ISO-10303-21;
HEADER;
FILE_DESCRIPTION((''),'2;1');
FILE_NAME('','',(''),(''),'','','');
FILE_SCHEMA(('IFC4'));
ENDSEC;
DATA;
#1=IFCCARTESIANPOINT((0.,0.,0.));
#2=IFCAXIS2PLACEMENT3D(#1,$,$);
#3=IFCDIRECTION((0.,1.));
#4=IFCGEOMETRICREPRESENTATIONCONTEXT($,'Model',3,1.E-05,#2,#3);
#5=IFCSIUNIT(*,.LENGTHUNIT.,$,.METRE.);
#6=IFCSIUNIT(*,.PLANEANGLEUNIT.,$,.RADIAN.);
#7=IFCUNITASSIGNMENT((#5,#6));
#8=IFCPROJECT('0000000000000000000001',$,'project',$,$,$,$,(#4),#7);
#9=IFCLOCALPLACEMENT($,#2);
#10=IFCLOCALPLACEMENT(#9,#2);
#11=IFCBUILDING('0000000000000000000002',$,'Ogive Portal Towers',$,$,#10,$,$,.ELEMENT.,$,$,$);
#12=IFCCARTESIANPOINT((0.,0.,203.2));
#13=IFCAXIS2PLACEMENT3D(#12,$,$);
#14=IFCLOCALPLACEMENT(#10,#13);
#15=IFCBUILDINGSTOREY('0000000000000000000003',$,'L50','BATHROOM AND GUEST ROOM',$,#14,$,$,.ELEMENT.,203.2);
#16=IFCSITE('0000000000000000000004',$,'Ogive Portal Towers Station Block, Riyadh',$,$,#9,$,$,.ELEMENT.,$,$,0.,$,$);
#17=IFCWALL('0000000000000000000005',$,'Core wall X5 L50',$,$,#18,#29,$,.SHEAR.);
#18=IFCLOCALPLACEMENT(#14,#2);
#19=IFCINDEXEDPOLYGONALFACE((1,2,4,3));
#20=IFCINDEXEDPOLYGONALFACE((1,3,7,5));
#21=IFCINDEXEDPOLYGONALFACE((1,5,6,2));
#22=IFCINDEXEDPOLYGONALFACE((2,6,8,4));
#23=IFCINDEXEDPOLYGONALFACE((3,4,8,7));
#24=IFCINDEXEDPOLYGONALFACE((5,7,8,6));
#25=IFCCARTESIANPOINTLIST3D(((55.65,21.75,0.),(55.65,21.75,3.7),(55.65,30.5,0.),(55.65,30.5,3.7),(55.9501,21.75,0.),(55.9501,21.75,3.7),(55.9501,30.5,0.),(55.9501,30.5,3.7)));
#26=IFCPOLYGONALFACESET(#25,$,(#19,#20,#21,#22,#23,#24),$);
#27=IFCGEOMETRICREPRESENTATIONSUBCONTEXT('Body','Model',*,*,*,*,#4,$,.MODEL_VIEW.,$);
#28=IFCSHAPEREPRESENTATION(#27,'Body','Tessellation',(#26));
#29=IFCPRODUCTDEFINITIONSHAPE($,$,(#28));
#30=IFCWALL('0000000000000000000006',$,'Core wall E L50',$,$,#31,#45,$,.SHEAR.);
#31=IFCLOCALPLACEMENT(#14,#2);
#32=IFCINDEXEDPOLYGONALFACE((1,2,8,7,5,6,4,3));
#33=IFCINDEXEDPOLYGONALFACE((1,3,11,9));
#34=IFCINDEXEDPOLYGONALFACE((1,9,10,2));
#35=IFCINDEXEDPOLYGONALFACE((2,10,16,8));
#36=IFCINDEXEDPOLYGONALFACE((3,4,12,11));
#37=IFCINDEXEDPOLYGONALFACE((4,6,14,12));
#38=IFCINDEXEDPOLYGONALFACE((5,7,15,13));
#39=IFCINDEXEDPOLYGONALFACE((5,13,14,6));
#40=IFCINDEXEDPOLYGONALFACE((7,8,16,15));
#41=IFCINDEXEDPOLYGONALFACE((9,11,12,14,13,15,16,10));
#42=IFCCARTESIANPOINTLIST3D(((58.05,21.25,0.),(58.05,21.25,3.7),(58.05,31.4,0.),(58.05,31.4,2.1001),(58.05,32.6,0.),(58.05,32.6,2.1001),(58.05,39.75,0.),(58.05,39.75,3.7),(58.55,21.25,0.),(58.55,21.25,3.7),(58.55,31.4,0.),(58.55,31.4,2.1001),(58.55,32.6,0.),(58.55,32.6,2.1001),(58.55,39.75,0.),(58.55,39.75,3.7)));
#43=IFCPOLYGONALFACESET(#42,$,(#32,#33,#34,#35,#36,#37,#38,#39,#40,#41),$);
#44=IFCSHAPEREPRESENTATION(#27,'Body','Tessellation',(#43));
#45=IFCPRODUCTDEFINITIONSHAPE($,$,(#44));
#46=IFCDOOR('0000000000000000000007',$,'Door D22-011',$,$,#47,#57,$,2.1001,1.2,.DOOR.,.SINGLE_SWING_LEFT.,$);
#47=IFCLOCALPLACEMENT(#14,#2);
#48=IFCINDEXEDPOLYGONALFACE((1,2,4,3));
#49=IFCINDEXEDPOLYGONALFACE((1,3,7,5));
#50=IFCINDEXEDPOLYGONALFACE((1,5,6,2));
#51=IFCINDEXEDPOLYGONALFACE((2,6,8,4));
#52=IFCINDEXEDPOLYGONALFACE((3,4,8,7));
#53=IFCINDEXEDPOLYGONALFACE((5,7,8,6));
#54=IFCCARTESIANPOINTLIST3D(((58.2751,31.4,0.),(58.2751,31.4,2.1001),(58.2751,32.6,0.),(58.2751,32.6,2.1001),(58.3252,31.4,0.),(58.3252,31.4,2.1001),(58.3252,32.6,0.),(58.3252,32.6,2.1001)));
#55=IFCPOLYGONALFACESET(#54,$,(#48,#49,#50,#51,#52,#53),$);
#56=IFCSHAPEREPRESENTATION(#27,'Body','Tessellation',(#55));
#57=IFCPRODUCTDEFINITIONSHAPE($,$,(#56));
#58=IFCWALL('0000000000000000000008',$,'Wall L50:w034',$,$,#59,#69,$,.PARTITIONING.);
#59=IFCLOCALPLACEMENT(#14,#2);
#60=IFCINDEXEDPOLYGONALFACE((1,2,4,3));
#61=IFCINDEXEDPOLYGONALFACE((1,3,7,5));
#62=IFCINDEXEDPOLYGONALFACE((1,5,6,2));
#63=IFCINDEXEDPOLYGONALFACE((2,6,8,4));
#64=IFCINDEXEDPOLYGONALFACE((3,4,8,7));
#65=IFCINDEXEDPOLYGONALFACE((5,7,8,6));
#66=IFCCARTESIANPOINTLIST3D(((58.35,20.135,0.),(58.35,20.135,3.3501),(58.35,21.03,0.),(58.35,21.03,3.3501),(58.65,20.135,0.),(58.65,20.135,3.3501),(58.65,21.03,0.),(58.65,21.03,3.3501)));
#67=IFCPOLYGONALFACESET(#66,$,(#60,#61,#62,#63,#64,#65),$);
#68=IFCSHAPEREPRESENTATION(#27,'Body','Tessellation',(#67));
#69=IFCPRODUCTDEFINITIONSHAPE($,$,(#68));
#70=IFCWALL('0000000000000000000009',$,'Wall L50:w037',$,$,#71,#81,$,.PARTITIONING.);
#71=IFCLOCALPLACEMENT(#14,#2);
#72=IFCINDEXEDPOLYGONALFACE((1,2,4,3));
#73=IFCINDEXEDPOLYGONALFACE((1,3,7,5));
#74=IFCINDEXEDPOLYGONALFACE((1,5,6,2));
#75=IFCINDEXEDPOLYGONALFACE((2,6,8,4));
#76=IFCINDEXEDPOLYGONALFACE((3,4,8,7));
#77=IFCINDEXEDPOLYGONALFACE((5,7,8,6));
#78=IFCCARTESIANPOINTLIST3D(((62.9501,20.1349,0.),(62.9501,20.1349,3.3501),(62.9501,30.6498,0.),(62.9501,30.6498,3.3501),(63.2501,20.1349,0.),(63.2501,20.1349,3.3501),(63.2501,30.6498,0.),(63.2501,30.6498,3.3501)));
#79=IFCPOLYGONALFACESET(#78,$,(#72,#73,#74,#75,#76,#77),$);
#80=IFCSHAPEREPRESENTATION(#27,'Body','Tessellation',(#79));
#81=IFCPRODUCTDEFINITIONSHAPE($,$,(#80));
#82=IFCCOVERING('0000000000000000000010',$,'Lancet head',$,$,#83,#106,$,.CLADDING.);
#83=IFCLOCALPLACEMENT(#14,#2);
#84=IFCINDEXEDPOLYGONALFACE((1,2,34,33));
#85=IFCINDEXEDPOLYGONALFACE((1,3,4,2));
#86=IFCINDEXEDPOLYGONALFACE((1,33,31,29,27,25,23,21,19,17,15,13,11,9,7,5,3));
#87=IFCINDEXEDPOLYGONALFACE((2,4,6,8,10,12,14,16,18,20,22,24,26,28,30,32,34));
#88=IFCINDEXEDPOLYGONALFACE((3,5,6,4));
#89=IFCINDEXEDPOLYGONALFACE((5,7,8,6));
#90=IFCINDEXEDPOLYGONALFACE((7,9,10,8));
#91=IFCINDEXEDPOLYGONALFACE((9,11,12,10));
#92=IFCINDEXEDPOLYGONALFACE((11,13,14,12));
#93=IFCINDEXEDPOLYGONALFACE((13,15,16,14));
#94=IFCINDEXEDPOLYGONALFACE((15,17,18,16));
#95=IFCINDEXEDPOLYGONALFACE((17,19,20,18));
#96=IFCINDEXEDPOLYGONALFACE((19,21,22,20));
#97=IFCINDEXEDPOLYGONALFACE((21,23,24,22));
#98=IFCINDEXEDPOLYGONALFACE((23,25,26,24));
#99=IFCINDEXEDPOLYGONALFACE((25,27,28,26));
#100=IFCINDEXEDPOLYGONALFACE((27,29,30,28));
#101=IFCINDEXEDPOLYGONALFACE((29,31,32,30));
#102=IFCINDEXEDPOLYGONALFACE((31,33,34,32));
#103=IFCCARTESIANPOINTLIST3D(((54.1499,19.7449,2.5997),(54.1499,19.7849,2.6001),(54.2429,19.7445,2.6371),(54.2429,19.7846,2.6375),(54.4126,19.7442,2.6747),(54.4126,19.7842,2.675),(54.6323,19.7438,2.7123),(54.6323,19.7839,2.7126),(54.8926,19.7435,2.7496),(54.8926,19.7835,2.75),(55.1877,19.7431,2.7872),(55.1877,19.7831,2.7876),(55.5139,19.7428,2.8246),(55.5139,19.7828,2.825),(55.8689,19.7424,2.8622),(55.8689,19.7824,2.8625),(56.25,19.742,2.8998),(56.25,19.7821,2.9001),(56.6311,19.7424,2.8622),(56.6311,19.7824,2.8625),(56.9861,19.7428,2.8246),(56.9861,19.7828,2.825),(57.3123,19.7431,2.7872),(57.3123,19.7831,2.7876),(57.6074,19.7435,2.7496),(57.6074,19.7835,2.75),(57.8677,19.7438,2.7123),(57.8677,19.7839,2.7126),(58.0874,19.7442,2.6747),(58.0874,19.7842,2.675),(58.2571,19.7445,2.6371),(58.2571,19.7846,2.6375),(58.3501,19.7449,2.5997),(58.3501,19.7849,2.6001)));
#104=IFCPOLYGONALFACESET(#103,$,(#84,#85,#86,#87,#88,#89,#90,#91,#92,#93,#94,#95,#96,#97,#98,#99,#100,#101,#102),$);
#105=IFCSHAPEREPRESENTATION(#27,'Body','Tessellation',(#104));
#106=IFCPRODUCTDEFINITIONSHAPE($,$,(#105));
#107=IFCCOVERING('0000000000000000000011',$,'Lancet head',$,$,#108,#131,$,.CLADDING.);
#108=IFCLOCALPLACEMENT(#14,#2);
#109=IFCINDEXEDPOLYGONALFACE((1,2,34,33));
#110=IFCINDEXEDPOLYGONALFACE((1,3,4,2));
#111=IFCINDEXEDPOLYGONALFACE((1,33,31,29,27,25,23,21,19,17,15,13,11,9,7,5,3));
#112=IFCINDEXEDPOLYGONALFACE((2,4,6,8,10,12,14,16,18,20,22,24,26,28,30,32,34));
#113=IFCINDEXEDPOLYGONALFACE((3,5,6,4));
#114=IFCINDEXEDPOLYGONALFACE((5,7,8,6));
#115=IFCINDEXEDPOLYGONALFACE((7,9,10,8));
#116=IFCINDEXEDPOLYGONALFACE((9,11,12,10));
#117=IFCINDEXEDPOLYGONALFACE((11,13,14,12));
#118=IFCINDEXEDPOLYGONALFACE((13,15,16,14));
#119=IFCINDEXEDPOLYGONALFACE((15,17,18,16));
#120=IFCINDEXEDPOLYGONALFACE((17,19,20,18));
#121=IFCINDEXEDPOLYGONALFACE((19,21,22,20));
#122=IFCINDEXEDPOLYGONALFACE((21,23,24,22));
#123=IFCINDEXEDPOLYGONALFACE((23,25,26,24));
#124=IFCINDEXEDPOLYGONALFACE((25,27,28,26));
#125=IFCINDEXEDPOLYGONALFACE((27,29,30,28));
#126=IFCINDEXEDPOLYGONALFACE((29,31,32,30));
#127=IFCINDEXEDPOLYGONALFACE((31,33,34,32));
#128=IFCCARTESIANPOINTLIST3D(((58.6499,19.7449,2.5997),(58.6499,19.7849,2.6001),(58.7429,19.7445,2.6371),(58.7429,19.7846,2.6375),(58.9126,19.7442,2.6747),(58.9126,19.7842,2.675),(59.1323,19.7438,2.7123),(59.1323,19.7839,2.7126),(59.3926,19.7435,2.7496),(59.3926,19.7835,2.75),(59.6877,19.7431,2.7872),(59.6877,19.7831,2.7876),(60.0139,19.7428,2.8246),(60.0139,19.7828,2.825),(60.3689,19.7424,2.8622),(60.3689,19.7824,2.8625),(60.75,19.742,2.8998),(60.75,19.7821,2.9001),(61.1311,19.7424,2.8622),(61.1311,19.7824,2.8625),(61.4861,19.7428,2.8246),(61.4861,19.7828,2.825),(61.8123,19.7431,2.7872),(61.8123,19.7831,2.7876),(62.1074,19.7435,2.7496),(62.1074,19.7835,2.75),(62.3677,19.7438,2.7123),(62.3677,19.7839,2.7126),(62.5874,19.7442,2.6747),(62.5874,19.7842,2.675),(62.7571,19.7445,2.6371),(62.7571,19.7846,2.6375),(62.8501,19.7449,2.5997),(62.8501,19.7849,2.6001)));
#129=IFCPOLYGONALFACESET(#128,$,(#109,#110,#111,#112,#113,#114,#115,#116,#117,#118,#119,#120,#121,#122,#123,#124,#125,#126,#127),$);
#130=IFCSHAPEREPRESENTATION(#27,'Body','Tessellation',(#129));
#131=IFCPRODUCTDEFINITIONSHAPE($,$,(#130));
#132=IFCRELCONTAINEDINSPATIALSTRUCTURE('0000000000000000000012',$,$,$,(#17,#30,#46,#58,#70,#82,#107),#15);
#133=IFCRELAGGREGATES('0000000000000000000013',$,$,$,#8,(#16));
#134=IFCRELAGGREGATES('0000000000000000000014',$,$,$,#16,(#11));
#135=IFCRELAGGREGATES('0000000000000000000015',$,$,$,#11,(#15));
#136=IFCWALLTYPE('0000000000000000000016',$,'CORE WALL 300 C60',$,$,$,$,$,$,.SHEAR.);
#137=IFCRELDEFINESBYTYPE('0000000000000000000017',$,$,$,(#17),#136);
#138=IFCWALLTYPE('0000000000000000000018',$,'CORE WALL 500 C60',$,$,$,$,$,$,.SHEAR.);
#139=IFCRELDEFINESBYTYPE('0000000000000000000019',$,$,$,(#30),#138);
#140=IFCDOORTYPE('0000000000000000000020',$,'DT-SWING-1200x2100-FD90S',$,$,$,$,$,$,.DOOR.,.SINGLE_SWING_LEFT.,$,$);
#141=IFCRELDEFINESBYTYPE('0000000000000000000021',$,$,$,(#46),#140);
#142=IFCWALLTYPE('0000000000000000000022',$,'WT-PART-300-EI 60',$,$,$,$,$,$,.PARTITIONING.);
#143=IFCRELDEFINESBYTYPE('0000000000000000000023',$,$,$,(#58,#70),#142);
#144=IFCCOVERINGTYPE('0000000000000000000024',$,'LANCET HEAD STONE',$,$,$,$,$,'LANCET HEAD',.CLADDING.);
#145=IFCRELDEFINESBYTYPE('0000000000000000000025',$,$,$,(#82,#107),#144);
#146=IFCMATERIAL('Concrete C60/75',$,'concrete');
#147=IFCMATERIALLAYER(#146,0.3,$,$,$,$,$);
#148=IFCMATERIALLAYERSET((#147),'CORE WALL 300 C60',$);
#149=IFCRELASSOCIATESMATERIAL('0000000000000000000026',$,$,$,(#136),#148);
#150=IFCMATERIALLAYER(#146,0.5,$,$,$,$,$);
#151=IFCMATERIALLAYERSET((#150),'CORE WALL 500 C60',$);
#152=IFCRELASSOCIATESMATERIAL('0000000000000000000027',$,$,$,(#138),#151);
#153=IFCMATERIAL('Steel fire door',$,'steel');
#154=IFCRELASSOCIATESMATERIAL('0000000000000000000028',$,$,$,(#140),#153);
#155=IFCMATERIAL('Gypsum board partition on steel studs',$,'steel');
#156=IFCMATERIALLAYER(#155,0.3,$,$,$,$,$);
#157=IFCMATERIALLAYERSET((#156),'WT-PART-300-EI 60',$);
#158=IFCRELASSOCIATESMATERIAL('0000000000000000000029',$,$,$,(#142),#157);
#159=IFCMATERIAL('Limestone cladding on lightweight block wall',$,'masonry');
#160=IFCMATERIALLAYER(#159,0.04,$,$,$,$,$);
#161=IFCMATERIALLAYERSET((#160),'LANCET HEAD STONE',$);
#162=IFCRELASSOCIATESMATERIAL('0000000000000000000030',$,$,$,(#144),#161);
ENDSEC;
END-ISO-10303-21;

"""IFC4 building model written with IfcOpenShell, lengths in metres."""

from ifc_helpers import new_model, si_unit, direction, frame, frame_2d, origin, place, context, subcontext, project, spatial, polyline, rectangle, outline, extrude, material, layer, layer_set, type_object, element, fill, save


model = new_model("IFC4")

# Units and contexts
model_context = context("Model", 3, precision=1e-05, world=origin(), true_north=direction((0.0, 1.0)))
body_context = subcontext(model_context, "Body", "Model", "MODEL_VIEW")
ifc_project = project(units=[si_unit("LENGTHUNIT", "METRE"), si_unit("PLANEANGLEUNIT", "RADIAN")], contexts=[model_context])

# Site, building, storey
site_placement = place(None, origin())
site = spatial("IfcSite", under=ifc_project, at=site_placement, Name="Ogive Portal Towers Station Block, Riyadh", CompositionType="ELEMENT", RefElevation=0.0)
building_placement = place(site_placement, origin())
building = spatial("IfcBuilding", under=site, at=building_placement, Name="Ogive Portal Towers", CompositionType="ELEMENT")
storey_placement = place(building_placement, frame((0.0, 0.0, 203.2)))
storey = spatial("IfcBuildingStorey", under=building, at=storey_placement, Name="L50", Description="BATHROOM AND GUEST ROOM", CompositionType="ELEMENT", Elevation=203.2)

# Wall
ifc_material_1 = material(Name="Concrete C60/75", Category="concrete")
ifc_layer_1 = layer(ifc_material_1, 0.3)
ifc_layer_set_1 = layer_set([ifc_layer_1], Name="CORE WALL 300 C60")
wall_type_1 = type_object("IfcWallType", Name="CORE WALL 300 C60", PredefinedType="SHEAR", material=ifc_layer_set_1)
wall_1_placement = place(storey_placement, frame((55.8, 21.75, 0.0), z_axis=(0.0, 0.0, 1.0), x_axis=(0.0, 1.0, 0.0)))
element("IfcWall", 1, at=wall_1_placement, inside=storey, type_object=wall_type_1, Name="Core wall X5 L50", PredefinedType="SHEAR", context=body_context, shape_type="SweptSolid", body=[
    extrude(rectangle(XDim=8.75, YDim=0.3, at=frame_2d((4.375, 0.0))), origin(), (0.0, 0.0, 1.0), 3.7),
])

# Wall, opening, door
ifc_layer_2 = layer(ifc_material_1, 0.5)
ifc_layer_set_2 = layer_set([ifc_layer_2], Name="CORE WALL 500 C60")
wall_type_2 = type_object("IfcWallType", Name="CORE WALL 500 C60", PredefinedType="SHEAR", material=ifc_layer_set_2)
wall_2_placement = place(storey_placement, frame((58.3, 21.25, 0.0), z_axis=(0.0, 0.0, 1.0), x_axis=(0.0, 1.0, 0.0)))
wall_2 = element("IfcWall", 2, at=wall_2_placement, inside=storey, type_object=wall_type_2, Name="Core wall E L50", PredefinedType="SHEAR", context=body_context, shape_type="SweptSolid", body=[
    extrude(rectangle(XDim=18.5, YDim=0.5, at=frame_2d((9.25, 0.0))), origin(), (0.0, 0.0, 1.0), 3.7),
])
opening_placement = place(wall_2_placement, frame((10.1499, 0.0, 0.0)))
opening = element("IfcOpeningElement", 3, at=opening_placement, cuts=wall_2, PredefinedType="OPENING", context=body_context, shape_type="SweptSolid", body=[
    extrude(rectangle(XDim=1.2, YDim=2.1001, at=frame_2d((0.6001, 1.05))), frame((0.0, 0.26, 0.0), z_axis=(0.0, -1.0, 0.0), x_axis=(1.0, 0.0, 0.0)), (0.0, 0.0, 1.0), 0.52),
])
ifc_material_2 = material(Name="Steel fire door", Category="steel")
door_type = type_object("IfcDoorType", Name="DT-SWING-1200x2100-FD90S", OperationType="SINGLE_SWING_LEFT", PredefinedType="DOOR", material=ifc_material_2)
door_placement = place(opening_placement, origin())
door = element("IfcDoor", 4, at=door_placement, inside=storey, type_object=door_type, Name="Door D22-011", OperationType="SINGLE_SWING_LEFT", OverallHeight=2.1001, OverallWidth=1.2, PredefinedType="DOOR", context=body_context, shape_type="SweptSolid", body=[
    extrude(rectangle(XDim=1.2, YDim=2.1001, at=frame_2d((0.6001, 1.05))), frame((0.0, 0.0249, 0.0), z_axis=(0.0, -1.0, 0.0), x_axis=(1.0, 0.0, 0.0)), (0.0, 0.0, 1.0), 0.05),
])
fill(opening, door)

# Walls
ifc_material_3 = material(Name="Gypsum board partition on steel studs", Category="steel")
ifc_layer_3 = layer(ifc_material_3, 0.3)
ifc_layer_set_3 = layer_set([ifc_layer_3], Name="WT-PART-300-EI 60")
wall_type_3 = type_object("IfcWallType", Name="WT-PART-300-EI 60", PredefinedType="PARTITIONING", material=ifc_layer_set_3)
wall_3_placement = place(storey_placement, frame((58.5, 20.135, 0.0), z_axis=(0.0, 0.0, 1.0), x_axis=(0.0, 1.0, 0.0)))
element("IfcWall", 5, at=wall_3_placement, inside=storey, type_object=wall_type_3, Name="Wall L50:w034", PredefinedType="PARTITIONING", context=body_context, shape_type="SweptSolid", body=[
    extrude(rectangle(XDim=0.895, YDim=0.3, at=frame_2d((0.4475, 0.0))), origin(), (0.0, 0.0, 1.0), 3.3501),
])
wall_4_placement = place(storey_placement, frame((63.1001, 20.135, 0.0), z_axis=(0.0, 0.0, 1.0), x_axis=(0.0, 1.0, 0.0)))
element("IfcWall", 6, at=wall_4_placement, inside=storey, type_object=wall_type_3, Name="Wall L50:w037", PredefinedType="PARTITIONING", context=body_context, shape_type="SweptSolid", body=[
    extrude(rectangle(XDim=10.5149, YDim=0.3, at=frame_2d((5.2573, 0.0))), origin(), (0.0, 0.0, 1.0), 3.3501),
])

# Coverings
ifc_material_4 = material(Name="Limestone cladding on lightweight block wall", Category="masonry")
ifc_layer_4 = layer(ifc_material_4, 0.04)
ifc_layer_set_4 = layer_set([ifc_layer_4], Name="LANCET HEAD STONE")
covering_type = type_object("IfcCoveringType", Name="LANCET HEAD STONE", ElementType="LANCET HEAD", PredefinedType="CLADDING", material=ifc_layer_set_4)
for number, where, z_axis, x_axis, name in (
    (7, (54.1499, 19.7849, 2.6001), (0.0, 0.999956, 0.009428), (1.0, 0.0, 0.0), "Lancet head"),
    (8, (58.6499, 19.7849, 2.6001), (0.0, 0.999956, 0.009428), (1.0, 0.0, 0.0), "Lancet head"),
):
    element("IfcCovering", number, at=place(storey_placement, frame(where, z_axis=z_axis, x_axis=x_axis)), inside=storey, type_object=covering_type, Name=name, PredefinedType="CLADDING", context=body_context, shape_type="SweptSolid", body=[
        extrude(outline(polyline([(0.0, 0.0), (4.2002, 0.0), (4.1072, -0.0374), (3.9375, -0.075), (3.7178, -0.1126), (3.4575, -0.1499), (3.1624, -0.1875), (2.8362, -0.2249), (2.4812, -0.2625), (2.1001, -0.3001), (1.719, -0.2625), (1.364, -0.2249), (1.0378, -0.1875), (0.7427, -0.1499), (0.4824, -0.1126), (0.2627, -0.075), (0.093, -0.0374), (0.0, 0.0)])), origin(), (0.0, 0.0, -1.0), 0.04),
    ])

save(model, "model.ifc")
